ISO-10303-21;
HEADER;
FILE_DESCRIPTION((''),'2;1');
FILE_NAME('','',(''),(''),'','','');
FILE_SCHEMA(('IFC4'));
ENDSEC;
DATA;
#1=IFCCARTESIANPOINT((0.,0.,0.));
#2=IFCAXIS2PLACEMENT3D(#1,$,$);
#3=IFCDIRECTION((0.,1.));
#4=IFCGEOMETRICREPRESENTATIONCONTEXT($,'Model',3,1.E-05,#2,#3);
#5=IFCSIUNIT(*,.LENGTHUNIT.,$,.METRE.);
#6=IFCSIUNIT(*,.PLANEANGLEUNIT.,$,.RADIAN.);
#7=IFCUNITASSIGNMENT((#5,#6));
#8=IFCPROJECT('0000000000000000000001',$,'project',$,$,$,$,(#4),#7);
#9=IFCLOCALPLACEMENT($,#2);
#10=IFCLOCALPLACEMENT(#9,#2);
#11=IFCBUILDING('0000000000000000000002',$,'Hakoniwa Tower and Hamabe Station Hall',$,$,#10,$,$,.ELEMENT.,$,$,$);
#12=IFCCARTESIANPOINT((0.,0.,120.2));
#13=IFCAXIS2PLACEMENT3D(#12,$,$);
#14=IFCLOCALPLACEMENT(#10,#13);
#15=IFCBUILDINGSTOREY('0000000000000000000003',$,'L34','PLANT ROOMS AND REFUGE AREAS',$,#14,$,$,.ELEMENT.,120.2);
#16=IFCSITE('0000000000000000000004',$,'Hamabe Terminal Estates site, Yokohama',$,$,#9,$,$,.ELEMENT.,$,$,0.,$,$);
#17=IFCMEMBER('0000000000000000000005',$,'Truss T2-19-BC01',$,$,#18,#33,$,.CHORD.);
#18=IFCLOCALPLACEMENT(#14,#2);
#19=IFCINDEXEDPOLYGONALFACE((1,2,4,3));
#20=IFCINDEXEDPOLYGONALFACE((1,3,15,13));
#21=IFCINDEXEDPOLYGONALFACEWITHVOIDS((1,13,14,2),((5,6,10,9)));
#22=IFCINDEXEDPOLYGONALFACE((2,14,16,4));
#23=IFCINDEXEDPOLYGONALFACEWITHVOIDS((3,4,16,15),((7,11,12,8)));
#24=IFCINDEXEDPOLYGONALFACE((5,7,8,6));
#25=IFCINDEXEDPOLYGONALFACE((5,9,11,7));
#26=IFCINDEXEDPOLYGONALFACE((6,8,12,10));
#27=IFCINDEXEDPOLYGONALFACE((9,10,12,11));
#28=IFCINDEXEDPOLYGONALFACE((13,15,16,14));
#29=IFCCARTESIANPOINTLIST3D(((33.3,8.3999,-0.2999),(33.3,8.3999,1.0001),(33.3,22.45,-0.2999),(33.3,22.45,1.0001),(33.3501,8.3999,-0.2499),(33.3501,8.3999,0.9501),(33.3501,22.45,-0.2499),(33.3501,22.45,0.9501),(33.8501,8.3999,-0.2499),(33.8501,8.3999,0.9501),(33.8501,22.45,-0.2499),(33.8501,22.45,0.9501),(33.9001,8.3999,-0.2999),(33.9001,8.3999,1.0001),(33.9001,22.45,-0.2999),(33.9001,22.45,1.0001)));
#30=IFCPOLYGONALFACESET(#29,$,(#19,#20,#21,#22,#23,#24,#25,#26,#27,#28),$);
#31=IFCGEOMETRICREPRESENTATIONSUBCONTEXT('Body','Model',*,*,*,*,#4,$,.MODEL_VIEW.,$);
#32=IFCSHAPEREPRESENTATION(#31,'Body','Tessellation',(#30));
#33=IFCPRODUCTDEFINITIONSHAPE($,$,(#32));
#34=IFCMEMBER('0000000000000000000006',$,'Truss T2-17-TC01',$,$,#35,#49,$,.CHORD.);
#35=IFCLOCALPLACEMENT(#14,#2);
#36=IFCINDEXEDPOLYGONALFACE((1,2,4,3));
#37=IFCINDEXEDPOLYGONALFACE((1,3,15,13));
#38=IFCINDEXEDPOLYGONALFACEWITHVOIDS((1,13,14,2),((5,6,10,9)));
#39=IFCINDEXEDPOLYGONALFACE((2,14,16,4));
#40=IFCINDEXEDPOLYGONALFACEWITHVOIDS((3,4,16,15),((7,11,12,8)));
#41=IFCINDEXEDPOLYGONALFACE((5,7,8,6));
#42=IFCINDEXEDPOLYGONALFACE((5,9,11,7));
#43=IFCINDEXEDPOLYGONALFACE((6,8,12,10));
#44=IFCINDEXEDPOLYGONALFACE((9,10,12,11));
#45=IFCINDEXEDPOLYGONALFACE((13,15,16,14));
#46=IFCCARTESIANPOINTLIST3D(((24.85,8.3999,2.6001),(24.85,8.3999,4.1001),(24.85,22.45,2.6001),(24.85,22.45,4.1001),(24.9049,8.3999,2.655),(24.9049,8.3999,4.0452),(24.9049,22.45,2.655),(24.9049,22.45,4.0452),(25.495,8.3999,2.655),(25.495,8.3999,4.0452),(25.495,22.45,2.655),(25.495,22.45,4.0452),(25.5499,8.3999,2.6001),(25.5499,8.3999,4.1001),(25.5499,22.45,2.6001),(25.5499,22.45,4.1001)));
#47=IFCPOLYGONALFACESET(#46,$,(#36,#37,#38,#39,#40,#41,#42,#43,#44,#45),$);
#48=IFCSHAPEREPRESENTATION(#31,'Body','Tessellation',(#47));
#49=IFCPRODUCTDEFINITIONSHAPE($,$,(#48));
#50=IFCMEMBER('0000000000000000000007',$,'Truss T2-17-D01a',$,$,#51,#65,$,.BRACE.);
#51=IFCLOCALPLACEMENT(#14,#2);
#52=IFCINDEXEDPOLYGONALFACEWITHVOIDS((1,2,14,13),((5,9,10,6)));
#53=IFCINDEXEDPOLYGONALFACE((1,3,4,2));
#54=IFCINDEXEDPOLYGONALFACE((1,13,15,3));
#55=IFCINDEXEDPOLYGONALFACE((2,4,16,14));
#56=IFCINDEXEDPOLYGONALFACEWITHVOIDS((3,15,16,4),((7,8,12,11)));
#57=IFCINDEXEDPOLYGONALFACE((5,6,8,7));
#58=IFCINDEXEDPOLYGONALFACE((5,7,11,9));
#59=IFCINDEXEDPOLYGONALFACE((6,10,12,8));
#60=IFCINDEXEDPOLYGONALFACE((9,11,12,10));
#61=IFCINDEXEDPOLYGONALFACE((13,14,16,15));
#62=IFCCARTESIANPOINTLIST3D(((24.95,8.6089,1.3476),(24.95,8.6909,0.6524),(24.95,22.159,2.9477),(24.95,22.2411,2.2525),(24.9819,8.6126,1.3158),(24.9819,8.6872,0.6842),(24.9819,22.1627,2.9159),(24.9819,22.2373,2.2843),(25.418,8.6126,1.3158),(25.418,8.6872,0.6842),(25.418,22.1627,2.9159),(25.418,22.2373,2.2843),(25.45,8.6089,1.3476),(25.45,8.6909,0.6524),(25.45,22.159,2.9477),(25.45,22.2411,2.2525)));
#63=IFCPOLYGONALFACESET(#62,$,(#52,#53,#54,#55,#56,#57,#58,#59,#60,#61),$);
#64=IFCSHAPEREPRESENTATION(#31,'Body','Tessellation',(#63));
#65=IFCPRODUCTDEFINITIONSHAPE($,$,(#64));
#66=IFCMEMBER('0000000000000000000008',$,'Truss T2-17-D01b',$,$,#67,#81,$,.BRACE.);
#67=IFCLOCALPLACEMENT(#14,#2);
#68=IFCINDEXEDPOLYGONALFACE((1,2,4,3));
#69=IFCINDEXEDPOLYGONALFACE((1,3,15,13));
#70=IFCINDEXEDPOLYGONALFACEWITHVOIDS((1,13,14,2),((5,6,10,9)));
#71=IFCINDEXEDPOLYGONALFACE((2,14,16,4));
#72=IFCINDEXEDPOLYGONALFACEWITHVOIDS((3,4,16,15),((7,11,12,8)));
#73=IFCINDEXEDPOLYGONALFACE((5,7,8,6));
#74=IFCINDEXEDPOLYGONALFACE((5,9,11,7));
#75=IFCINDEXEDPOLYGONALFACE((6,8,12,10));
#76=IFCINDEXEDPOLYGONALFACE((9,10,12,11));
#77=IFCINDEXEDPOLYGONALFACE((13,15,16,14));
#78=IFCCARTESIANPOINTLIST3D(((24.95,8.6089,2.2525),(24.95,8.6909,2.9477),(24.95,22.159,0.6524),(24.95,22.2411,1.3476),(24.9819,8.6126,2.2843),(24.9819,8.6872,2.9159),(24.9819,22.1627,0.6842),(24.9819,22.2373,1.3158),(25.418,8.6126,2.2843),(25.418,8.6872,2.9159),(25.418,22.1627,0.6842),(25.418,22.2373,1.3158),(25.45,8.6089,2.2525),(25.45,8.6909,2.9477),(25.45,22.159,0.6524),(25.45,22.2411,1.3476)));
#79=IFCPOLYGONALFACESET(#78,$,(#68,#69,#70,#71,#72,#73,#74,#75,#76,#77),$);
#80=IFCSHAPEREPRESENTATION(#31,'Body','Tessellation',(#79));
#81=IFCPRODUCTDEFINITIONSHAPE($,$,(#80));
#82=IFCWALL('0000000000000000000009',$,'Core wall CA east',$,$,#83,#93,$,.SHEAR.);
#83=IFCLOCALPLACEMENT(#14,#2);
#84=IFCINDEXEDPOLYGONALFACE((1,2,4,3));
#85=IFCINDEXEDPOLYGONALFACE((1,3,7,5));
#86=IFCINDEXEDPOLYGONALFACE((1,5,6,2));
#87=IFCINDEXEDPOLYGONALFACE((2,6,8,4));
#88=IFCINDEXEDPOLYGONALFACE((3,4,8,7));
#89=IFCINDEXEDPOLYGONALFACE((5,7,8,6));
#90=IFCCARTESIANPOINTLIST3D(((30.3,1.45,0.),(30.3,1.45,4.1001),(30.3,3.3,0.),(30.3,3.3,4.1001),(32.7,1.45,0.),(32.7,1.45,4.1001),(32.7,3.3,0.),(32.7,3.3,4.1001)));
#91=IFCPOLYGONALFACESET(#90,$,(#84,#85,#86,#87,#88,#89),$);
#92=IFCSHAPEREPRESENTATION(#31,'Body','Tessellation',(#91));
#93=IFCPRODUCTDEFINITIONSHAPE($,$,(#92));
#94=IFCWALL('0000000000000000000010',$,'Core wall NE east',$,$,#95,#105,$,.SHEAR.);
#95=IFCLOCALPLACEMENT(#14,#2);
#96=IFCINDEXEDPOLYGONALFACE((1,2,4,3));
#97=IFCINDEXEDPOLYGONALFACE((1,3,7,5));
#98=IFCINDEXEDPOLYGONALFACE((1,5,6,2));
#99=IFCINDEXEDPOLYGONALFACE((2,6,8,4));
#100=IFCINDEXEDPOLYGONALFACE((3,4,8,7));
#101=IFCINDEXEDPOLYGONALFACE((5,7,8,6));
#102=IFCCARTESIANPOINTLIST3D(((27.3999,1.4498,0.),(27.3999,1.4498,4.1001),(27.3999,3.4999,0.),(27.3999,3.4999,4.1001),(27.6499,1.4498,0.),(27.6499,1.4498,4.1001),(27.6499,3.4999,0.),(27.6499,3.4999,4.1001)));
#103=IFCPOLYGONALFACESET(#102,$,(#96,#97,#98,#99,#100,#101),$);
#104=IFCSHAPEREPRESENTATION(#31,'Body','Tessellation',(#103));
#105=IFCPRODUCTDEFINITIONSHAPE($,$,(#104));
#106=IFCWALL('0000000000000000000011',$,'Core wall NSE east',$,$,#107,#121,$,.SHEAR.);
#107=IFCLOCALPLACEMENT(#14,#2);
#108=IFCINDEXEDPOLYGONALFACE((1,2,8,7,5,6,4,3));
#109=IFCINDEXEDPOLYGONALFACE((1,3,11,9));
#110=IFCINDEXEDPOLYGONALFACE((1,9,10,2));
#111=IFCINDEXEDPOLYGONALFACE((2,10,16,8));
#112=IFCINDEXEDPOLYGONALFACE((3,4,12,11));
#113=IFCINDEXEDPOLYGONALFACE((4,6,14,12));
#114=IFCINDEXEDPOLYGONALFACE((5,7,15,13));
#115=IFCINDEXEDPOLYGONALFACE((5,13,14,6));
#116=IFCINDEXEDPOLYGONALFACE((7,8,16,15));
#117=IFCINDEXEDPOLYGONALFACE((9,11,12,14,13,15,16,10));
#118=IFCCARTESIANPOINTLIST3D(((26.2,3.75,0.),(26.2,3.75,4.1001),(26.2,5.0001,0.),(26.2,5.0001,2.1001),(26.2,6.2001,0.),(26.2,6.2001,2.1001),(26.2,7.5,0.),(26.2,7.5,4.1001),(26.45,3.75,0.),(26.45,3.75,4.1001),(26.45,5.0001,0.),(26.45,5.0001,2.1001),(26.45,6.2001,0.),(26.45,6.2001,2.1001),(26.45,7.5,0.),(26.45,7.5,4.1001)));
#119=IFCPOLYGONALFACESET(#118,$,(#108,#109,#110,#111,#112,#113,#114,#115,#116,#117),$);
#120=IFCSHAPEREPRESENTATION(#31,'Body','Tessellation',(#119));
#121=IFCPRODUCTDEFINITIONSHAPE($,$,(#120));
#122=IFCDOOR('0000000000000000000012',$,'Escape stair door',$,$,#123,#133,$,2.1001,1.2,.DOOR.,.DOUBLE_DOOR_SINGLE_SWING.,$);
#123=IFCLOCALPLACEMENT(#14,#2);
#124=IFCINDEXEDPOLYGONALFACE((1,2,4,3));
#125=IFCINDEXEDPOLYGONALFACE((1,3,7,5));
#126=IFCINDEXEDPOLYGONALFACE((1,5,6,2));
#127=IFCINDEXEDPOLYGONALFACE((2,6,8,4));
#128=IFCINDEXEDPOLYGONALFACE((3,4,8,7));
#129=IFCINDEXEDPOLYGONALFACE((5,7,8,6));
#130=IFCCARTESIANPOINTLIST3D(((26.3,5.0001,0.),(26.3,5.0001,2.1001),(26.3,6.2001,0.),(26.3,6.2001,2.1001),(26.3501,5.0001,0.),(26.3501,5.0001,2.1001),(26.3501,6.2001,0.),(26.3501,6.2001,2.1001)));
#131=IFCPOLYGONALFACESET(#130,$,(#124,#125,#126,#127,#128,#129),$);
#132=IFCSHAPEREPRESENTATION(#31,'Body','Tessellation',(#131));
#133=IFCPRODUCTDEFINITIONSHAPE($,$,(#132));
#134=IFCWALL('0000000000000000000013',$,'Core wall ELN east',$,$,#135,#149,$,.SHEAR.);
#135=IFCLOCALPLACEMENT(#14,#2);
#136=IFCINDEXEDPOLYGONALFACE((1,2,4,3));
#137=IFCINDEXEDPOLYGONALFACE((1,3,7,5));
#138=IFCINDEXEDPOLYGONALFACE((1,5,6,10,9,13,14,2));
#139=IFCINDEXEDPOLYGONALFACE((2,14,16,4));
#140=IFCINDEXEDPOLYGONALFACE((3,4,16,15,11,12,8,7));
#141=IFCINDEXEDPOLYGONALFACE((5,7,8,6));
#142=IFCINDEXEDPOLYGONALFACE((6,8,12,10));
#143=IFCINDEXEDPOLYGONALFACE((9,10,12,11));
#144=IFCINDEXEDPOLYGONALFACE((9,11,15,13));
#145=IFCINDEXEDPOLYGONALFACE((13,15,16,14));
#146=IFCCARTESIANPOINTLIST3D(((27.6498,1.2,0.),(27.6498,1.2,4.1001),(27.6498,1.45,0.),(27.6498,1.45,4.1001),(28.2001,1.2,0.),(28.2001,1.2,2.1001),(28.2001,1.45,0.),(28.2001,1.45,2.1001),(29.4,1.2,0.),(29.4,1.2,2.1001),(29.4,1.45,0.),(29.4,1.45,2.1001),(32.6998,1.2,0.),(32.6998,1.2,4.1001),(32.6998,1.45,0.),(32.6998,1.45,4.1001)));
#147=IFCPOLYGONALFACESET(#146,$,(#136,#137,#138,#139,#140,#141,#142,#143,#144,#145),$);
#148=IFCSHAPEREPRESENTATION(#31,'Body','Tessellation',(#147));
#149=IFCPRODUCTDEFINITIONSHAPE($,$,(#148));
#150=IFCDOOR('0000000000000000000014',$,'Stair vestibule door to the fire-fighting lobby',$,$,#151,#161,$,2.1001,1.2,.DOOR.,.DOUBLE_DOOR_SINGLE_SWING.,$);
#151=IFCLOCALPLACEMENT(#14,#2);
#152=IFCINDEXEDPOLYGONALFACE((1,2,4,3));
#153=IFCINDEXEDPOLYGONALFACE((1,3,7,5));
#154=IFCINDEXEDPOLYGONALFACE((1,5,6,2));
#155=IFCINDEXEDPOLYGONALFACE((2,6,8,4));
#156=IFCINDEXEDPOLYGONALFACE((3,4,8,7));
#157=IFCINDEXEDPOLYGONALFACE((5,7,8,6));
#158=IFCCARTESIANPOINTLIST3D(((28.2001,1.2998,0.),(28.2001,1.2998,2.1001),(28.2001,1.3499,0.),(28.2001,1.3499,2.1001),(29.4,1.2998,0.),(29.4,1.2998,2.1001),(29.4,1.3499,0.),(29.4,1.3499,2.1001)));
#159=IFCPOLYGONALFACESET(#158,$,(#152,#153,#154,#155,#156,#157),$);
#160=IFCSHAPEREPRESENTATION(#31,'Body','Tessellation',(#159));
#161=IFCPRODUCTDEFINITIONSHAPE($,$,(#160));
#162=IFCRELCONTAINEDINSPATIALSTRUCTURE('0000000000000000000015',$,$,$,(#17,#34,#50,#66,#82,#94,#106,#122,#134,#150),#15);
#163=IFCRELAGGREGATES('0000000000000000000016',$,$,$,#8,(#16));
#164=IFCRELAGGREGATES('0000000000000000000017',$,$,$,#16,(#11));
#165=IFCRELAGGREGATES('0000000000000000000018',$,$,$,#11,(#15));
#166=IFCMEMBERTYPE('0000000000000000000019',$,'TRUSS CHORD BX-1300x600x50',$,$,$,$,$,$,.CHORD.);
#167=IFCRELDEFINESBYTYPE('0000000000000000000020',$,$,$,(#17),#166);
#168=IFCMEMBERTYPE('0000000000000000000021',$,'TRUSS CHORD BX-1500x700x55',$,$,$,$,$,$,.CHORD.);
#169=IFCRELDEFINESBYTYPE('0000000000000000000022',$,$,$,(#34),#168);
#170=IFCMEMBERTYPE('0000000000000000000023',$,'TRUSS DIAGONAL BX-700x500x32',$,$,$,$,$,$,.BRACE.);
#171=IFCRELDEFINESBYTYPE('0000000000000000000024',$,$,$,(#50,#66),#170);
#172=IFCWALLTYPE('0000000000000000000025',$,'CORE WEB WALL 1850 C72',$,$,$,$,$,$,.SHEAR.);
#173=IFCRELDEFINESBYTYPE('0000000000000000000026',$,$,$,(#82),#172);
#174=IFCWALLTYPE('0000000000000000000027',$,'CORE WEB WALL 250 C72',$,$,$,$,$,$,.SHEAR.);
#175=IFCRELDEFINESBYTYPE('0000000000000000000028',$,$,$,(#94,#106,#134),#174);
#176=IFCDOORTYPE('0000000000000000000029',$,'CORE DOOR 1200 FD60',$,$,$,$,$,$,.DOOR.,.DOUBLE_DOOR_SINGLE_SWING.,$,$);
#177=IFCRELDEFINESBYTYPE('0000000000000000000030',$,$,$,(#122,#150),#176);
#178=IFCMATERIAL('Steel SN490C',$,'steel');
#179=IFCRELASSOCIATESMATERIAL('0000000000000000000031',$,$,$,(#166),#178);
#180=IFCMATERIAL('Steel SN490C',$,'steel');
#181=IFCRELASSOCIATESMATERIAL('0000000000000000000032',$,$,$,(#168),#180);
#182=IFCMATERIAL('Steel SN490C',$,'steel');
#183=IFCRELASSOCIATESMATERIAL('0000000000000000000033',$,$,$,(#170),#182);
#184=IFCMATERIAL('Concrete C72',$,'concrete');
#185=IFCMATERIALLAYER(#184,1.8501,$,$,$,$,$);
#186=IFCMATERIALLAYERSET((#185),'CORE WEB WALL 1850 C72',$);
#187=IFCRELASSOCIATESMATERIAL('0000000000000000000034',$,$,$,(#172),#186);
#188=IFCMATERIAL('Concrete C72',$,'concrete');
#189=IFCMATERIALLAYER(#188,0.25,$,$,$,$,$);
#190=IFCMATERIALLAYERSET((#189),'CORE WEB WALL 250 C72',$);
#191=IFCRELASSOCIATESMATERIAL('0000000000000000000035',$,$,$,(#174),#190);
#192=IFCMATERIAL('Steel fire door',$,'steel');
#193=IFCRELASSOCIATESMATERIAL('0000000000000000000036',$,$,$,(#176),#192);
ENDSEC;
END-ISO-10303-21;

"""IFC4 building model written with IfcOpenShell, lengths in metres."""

from ifc_helpers import new_model, si_unit, direction, frame, frame_2d, origin, origin_2d, place, context, subcontext, project, spatial, rectangle, hollow_rectangle, extrude, material, layer, layer_set, material_profile, profile_set, type_object, element, fill, save


model = new_model("IFC4")

# Units and contexts
model_context = context("Model", 3, precision=1e-05, world=origin(), true_north=direction((0.0, 1.0)))
body_context = subcontext(model_context, "Body", "Model", "MODEL_VIEW")
ifc_project = project(units=[si_unit("LENGTHUNIT", "METRE"), si_unit("PLANEANGLEUNIT", "RADIAN")], contexts=[model_context])

# Site, building, storey
site_placement = place(None, origin())
site = spatial("IfcSite", under=ifc_project, at=site_placement, Name="Hamabe Terminal Estates site, Yokohama", CompositionType="ELEMENT", RefElevation=0.0)
building_placement = place(site_placement, origin())
building = spatial("IfcBuilding", under=site, at=building_placement, Name="Hakoniwa Tower and Hamabe Station Hall", CompositionType="ELEMENT")
storey_placement = place(building_placement, frame((0.0, 0.0, 120.2)))
storey = spatial("IfcBuildingStorey", under=building, at=storey_placement, Name="L34", Description="PLANT ROOMS AND REFUGE AREAS", CompositionType="ELEMENT", Elevation=120.2)

# Members
ifc_material_1 = material(Name="Steel SN490C", Category="steel")
ifc_material_profile_1 = material_profile(ifc_material_1, hollow_rectangle(XDim=0.6001, YDim=1.3, WallThickness=0.05, at=origin_2d()), Name="BX-1300x600x50")
ifc_profile_set_1 = profile_set([ifc_material_profile_1], Name="Steel SN490C")
member_type_1 = type_object("IfcMemberType", Name="TRUSS CHORD BX-1300x600x50", PredefinedType="CHORD", material=ifc_profile_set_1)
member_1_placement = place(storey_placement, frame((33.6001, 8.3999, 0.3501), z_axis=(0.0, 1.0, 0.0), x_axis=(-1.0, 0.0, 0.0)))
element("IfcMember", 1, at=member_1_placement, inside=storey, type_object=member_type_1, Name="Truss T2-19-BC01", PredefinedType="CHORD", context=body_context, shape_type="SweptSolid", body=[
    extrude(hollow_rectangle(XDim=0.6001, YDim=1.3, WallThickness=0.05, at=origin_2d()), origin(), (0.0, 0.0, 1.0), 14.05),
])
ifc_material_2 = material(Name="Steel SN490C", Category="steel")
ifc_material_profile_2 = material_profile(ifc_material_2, hollow_rectangle(XDim=0.7, YDim=1.5, WallThickness=0.0549, at=origin_2d()), Name="BX-1500x700x55")
ifc_profile_set_2 = profile_set([ifc_material_profile_2], Name="Steel SN490C")
member_type_2 = type_object("IfcMemberType", Name="TRUSS CHORD BX-1500x700x55", PredefinedType="CHORD", material=ifc_profile_set_2)
member_2_placement = place(storey_placement, frame((25.2, 8.3999, 3.3501), z_axis=(0.0, 1.0, 0.0), x_axis=(-1.0, 0.0, 0.0)))
element("IfcMember", 2, at=member_2_placement, inside=storey, type_object=member_type_2, Name="Truss T2-17-TC01", PredefinedType="CHORD", context=body_context, shape_type="SweptSolid", body=[
    extrude(hollow_rectangle(XDim=0.7, YDim=1.5, WallThickness=0.0549, at=origin_2d()), origin(), (0.0, 0.0, 1.0), 14.05),
])
ifc_material_3 = material(Name="Steel SN490C", Category="steel")
ifc_material_profile_3 = material_profile(ifc_material_3, hollow_rectangle(XDim=0.5, YDim=0.7, WallThickness=0.032, at=origin_2d()), Name="BX-700x500x32")
ifc_profile_set_3 = profile_set([ifc_material_profile_3], Name="Steel SN490C")
member_type_3 = type_object("IfcMemberType", Name="TRUSS DIAGONAL BX-700x500x32", PredefinedType="BRACE", material=ifc_profile_set_3)
for number, where, z_axis, x_axis, name in (
    (3, (25.2, 8.6499, 1.0), (0.0, 0.9931, 0.117273), (-1.0, 0.0, 0.0), "Truss T2-17-D01a"),
    (4, (25.2, 8.6499, 2.6001), (0.0, 0.9931, -0.117273), (-1.0, 0.0, 0.0), "Truss T2-17-D01b"),
):
    element("IfcMember", number, at=place(storey_placement, frame(where, z_axis=z_axis, x_axis=x_axis)), inside=storey, type_object=member_type_3, Name=name, PredefinedType="BRACE", context=body_context, shape_type="SweptSolid", body=[
        extrude(hollow_rectangle(XDim=0.5, YDim=0.7, WallThickness=0.032, at=origin_2d()), origin(), (0.0, 0.0, 1.0), 13.6443),
    ])

# Walls
ifc_material_4 = material(Name="Concrete C72", Category="concrete")
ifc_layer_1 = layer(ifc_material_4, 1.8501)
ifc_layer_set_1 = layer_set([ifc_layer_1], Name="CORE WEB WALL 1850 C72")
wall_type_1 = type_object("IfcWallType", Name="CORE WEB WALL 1850 C72", PredefinedType="SHEAR", material=ifc_layer_set_1)
wall_1_placement = place(storey_placement, frame((30.3, 2.375, 0.0), z_axis=(0.0, 0.0, 1.0), x_axis=(1.0, 0.0, 0.0)))
element("IfcWall", 5, at=wall_1_placement, inside=storey, type_object=wall_type_1, Name="Core wall CA east", PredefinedType="SHEAR", context=body_context, shape_type="SweptSolid", body=[
    extrude(rectangle(XDim=2.3999, YDim=1.8501, at=frame_2d((1.2, 0.0))), origin(), (0.0, 0.0, 1.0), 4.1001),
])
ifc_material_5 = material(Name="Concrete C72", Category="concrete")
ifc_layer_2 = layer(ifc_material_5, 0.25)
ifc_layer_set_2 = layer_set([ifc_layer_2], Name="CORE WEB WALL 250 C72")
wall_type_2 = type_object("IfcWallType", Name="CORE WEB WALL 250 C72", PredefinedType="SHEAR", material=ifc_layer_set_2)
wall_2_placement = place(storey_placement, frame((27.5249, 1.45, 0.0), z_axis=(0.0, 0.0, 1.0), x_axis=(0.0, 1.0, 0.0)))
element("IfcWall", 6, at=wall_2_placement, inside=storey, type_object=wall_type_2, Name="Core wall NE east", PredefinedType="SHEAR", context=body_context, shape_type="SweptSolid", body=[
    extrude(rectangle(XDim=2.05, YDim=0.25, at=frame_2d((1.0249, 0.0))), origin(), (0.0, 0.0, 1.0), 4.1001),
])

# Walls, openings, doors
wall_3_placement = place(storey_placement, frame((26.325, 3.75, 0.0), z_axis=(0.0, 0.0, 1.0), x_axis=(0.0, 1.0, 0.0)))
wall_3 = element("IfcWall", 7, at=wall_3_placement, inside=storey, type_object=wall_type_2, Name="Core wall NSE east", PredefinedType="SHEAR", context=body_context, shape_type="SweptSolid", body=[
    extrude(rectangle(XDim=3.75, YDim=0.25, at=frame_2d((1.875, 0.0))), origin(), (0.0, 0.0, 1.0), 4.1001),
])
opening_1_placement = place(wall_3_placement, frame((1.25, 0.0, 0.0)))
opening_1 = element("IfcOpeningElement", 8, at=opening_1_placement, cuts=wall_3, PredefinedType="OPENING", context=body_context, shape_type="SweptSolid", body=[
    extrude(rectangle(XDim=1.2, YDim=2.1001, at=frame_2d((0.6001, 1.05))), frame((0.0, 0.135, 0.0), z_axis=(0.0, -1.0, 0.0), x_axis=(1.0, 0.0, 0.0)), (0.0, 0.0, 1.0), 0.27),
])
ifc_material_6 = material(Name="Steel fire door", Category="steel")
door_type_1 = type_object("IfcDoorType", Name="CORE DOOR 1200 FD60", OperationType="DOUBLE_DOOR_SINGLE_SWING", PredefinedType="DOOR", material=ifc_material_6)
door_1_placement = place(opening_1_placement, origin())
door_1 = element("IfcDoor", 9, at=door_1_placement, inside=storey, type_object=door_type_1, Name="Escape stair door", OperationType="DOUBLE_DOOR_SINGLE_SWING", OverallHeight=2.1001, OverallWidth=1.2, PredefinedType="DOOR", context=body_context, shape_type="SweptSolid", body=[
    extrude(rectangle(XDim=1.2, YDim=2.1001, at=frame_2d((0.6001, 1.05))), frame((0.0, 0.0249, 0.0), z_axis=(0.0, -1.0, 0.0), x_axis=(1.0, 0.0, 0.0)), (0.0, 0.0, 1.0), 0.05),
])
fill(opening_1, door_1)
wall_4_placement = place(storey_placement, frame((27.6499, 1.325, 0.0), z_axis=(0.0, 0.0, 1.0), x_axis=(1.0, 0.0, 0.0)))
wall_4 = element("IfcWall", 10, at=wall_4_placement, inside=storey, type_object=wall_type_2, Name="Core wall ELN east", PredefinedType="SHEAR", context=body_context, shape_type="SweptSolid", body=[
    extrude(rectangle(XDim=5.05, YDim=0.25, at=frame_2d((2.5249, 0.0))), origin(), (0.0, 0.0, 1.0), 4.1001),
])
opening_2_placement = place(wall_4_placement, frame((0.55, 0.0, 0.0)))
opening_2 = element("IfcOpeningElement", 11, at=opening_2_placement, cuts=wall_4, PredefinedType="OPENING", context=body_context, shape_type="SweptSolid", body=[
    extrude(rectangle(XDim=1.2, YDim=2.1001, at=frame_2d((0.6001, 1.05))), frame((0.0, 0.135, 0.0), z_axis=(0.0, -1.0, 0.0), x_axis=(1.0, 0.0, 0.0)), (0.0, 0.0, 1.0), 0.27),
])
door_2_placement = place(opening_2_placement, origin())
door_2 = element("IfcDoor", 12, at=door_2_placement, inside=storey, type_object=door_type_1, Name="Stair vestibule door to the fire-fighting lobby", OperationType="DOUBLE_DOOR_SINGLE_SWING", OverallHeight=2.1001, OverallWidth=1.2, PredefinedType="DOOR", context=body_context, shape_type="SweptSolid", body=[
    extrude(rectangle(XDim=1.2, YDim=2.1001, at=frame_2d((0.6001, 1.05))), frame((0.0, 0.0249, 0.0), z_axis=(0.0, -1.0, 0.0), x_axis=(1.0, 0.0, 0.0)), (0.0, 0.0, 1.0), 0.05),
])
fill(opening_2, door_2)

save(model, "model.ifc")
